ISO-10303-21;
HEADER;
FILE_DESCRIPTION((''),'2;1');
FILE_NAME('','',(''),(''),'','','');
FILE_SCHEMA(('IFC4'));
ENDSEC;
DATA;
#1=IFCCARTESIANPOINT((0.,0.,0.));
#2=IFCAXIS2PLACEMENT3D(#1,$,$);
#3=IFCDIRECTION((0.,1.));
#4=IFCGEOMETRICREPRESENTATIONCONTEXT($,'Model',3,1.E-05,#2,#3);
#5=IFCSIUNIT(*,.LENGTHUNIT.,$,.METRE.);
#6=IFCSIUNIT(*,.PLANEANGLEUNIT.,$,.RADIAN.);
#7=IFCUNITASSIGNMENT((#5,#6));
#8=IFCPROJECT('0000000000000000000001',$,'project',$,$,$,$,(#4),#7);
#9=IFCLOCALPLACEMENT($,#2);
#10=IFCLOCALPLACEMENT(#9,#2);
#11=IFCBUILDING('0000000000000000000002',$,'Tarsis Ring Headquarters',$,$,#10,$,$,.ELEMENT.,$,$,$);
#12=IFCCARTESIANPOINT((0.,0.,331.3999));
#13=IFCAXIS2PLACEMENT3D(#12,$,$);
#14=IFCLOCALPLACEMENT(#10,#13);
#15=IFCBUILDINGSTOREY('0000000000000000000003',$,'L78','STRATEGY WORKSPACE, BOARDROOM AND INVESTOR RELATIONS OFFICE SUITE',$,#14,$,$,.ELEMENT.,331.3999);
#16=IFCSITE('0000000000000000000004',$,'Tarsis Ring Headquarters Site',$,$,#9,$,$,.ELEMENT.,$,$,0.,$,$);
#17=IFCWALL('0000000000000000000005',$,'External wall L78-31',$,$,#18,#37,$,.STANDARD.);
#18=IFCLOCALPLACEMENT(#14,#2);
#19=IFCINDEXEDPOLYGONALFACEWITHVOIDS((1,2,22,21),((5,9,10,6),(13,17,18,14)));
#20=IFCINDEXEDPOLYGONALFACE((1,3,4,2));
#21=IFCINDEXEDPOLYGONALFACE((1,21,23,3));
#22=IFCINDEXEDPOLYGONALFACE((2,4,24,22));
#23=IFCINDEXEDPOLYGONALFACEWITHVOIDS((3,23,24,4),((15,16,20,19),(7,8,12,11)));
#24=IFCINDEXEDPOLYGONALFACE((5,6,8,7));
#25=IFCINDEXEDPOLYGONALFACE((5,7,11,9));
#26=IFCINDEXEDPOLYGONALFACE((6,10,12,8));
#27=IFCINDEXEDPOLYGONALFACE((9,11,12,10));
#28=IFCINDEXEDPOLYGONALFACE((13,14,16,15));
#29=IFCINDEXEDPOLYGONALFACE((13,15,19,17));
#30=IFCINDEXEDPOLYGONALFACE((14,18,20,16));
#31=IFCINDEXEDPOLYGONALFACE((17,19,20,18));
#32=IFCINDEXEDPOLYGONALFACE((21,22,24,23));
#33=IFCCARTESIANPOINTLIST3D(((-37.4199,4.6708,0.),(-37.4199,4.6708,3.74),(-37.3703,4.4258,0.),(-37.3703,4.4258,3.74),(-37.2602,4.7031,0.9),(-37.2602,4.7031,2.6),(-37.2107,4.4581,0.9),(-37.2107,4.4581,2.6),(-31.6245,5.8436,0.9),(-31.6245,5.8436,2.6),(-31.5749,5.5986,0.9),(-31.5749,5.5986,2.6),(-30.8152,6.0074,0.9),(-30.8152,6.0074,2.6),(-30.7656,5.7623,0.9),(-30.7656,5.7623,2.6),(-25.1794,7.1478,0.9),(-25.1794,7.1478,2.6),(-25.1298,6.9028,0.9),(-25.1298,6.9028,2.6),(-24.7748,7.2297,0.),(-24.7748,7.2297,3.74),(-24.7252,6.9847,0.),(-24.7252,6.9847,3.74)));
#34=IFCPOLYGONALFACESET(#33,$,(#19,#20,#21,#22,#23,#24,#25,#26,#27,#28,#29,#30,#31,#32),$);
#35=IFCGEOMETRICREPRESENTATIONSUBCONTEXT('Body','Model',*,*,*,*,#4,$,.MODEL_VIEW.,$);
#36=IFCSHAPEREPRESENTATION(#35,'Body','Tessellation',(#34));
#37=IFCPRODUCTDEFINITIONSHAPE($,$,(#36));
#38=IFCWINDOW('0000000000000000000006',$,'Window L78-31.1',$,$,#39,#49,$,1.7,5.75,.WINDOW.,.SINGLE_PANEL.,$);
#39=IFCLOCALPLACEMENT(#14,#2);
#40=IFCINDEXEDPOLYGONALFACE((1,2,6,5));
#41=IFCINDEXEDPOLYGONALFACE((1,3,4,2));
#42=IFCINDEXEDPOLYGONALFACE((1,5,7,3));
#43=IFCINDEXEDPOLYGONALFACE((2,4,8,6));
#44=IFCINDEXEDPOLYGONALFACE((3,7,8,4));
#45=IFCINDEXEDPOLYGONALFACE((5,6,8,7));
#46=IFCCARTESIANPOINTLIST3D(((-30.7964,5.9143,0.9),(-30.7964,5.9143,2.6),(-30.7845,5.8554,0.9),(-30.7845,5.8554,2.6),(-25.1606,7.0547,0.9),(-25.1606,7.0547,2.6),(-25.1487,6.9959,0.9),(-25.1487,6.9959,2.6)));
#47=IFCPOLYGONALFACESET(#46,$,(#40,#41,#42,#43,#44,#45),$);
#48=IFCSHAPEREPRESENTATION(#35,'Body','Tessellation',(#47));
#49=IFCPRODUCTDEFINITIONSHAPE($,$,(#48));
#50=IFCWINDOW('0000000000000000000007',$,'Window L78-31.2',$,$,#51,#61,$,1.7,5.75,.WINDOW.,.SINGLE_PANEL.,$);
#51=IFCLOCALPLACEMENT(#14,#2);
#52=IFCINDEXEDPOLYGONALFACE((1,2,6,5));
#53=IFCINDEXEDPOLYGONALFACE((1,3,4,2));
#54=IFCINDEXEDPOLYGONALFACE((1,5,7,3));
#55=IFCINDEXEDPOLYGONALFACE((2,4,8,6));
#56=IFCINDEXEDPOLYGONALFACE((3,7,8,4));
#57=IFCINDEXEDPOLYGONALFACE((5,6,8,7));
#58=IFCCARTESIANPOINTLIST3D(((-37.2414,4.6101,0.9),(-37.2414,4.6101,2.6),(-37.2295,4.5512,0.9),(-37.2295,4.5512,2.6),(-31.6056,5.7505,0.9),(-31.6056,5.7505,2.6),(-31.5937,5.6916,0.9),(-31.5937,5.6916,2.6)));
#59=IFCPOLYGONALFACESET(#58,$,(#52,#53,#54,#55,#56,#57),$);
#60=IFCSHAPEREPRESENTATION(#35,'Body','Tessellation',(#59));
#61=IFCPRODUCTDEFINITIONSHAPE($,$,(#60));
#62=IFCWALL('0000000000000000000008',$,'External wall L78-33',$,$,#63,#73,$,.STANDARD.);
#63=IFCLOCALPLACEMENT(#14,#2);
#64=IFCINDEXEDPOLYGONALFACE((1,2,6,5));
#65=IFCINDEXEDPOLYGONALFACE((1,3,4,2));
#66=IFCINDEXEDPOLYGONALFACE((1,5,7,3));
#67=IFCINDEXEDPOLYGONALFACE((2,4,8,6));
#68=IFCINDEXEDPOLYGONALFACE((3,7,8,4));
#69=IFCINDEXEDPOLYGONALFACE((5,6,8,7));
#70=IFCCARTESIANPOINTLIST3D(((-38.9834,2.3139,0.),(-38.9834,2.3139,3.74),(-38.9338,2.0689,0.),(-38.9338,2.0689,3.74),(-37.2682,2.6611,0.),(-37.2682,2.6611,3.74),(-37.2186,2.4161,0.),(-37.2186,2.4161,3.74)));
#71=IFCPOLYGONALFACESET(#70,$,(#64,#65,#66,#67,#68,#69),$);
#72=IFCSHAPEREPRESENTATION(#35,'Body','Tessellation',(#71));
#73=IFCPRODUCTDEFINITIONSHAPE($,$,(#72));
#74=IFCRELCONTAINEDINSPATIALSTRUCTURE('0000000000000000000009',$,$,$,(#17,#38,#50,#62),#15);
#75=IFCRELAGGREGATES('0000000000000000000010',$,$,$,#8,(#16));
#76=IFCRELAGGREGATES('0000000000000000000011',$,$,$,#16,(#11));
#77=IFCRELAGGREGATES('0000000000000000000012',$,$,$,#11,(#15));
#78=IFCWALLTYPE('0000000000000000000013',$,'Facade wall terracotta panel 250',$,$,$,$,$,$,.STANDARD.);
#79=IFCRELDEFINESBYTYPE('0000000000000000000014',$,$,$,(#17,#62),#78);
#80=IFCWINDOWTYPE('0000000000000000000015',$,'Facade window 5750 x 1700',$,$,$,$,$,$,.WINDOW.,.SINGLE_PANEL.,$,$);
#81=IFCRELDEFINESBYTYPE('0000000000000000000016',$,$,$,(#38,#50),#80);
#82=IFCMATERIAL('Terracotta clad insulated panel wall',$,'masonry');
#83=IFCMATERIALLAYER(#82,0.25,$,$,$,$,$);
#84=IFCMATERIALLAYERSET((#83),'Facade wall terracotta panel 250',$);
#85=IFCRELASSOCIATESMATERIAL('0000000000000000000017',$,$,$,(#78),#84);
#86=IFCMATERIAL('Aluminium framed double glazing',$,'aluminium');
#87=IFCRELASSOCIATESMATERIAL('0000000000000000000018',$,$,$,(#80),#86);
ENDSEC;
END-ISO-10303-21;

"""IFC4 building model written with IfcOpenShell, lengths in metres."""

from ifc_helpers import new_model, si_unit, direction, frame, frame_2d, origin, place, context, subcontext, project, spatial, rectangle, extrude, material, layer, layer_set, type_object, element, fill, save


model = new_model("IFC4")

# Units and contexts
model_context = context("Model", 3, precision=1e-05, world=origin(), true_north=direction((0.0, 1.0)))
body_context = subcontext(model_context, "Body", "Model", "MODEL_VIEW")
ifc_project = project(units=[si_unit("LENGTHUNIT", "METRE"), si_unit("PLANEANGLEUNIT", "RADIAN")], contexts=[model_context])

# Site, building, storey
site_placement = place(None, origin())
site = spatial("IfcSite", under=ifc_project, at=site_placement, Name="Tarsis Ring Headquarters Site", CompositionType="ELEMENT", RefElevation=0.0)
building_placement = place(site_placement, origin())
building = spatial("IfcBuilding", under=site, at=building_placement, Name="Tarsis Ring Headquarters", CompositionType="ELEMENT")
storey_placement = place(building_placement, frame((0.0, 0.0, 331.3999)))
storey = spatial("IfcBuildingStorey", under=building, at=storey_placement, Name="L78", Description="STRATEGY WORKSPACE, BOARDROOM AND INVESTOR RELATIONS OFFICE SUITE", CompositionType="ELEMENT", Elevation=331.3999)

# Shared definitions
ifc_material_1 = material(Name="Terracotta clad insulated panel wall", Category="masonry")
ifc_layer_1 = layer(ifc_material_1, 0.25)
ifc_layer_set_1 = layer_set([ifc_layer_1], Name="Facade wall terracotta panel 250")
wall_type_1 = type_object("IfcWallType", Name="Facade wall terracotta panel 250", PredefinedType="STANDARD", material=ifc_layer_set_1)
ifc_material_2 = material(Name="Aluminium framed double glazing", Category="aluminium")

# Wall, openings, windows
wall_1_placement = place(storey_placement, frame((-24.75, 7.1072, 0.0), z_axis=(0.0, 0.0, 1.0), x_axis=(-0.980133, -0.198339, 0.0)))
wall_1 = element("IfcWall", 1, at=wall_1_placement, inside=storey, type_object=wall_type_1, Name="External wall L78-31", PredefinedType="STANDARD", context=body_context, shape_type="SweptSolid", body=[
    extrude(rectangle(XDim=12.9014, YDim=0.25, at=frame_2d((6.4507, 0.0))), origin(), (0.0, 0.0, 1.0), 3.74),
])
opening_1_placement = place(wall_1_placement, frame((0.4128, 0.0, 0.8999)))
opening_1 = element("IfcOpeningElement", 2, at=opening_1_placement, cuts=wall_1, PredefinedType="OPENING", context=body_context, shape_type="SweptSolid", body=[
    extrude(rectangle(XDim=5.75, YDim=1.7, at=frame_2d((2.875, 0.8501))), frame((0.0, 0.135, 0.0), z_axis=(0.0, -1.0, 0.0), x_axis=(1.0, 0.0, 0.0)), (0.0, 0.0, 1.0), 0.27),
])
opening_2_placement = place(wall_1_placement, frame((6.9885, 0.0, 0.8999)))
opening_2 = element("IfcOpeningElement", 3, at=opening_2_placement, cuts=wall_1, PredefinedType="OPENING", context=body_context, shape_type="SweptSolid", body=[
    extrude(rectangle(XDim=5.75, YDim=1.7, at=frame_2d((2.875, 0.8501))), frame((0.0, 0.135, 0.0), z_axis=(0.0, -1.0, 0.0), x_axis=(1.0, 0.0, 0.0)), (0.0, 0.0, 1.0), 0.27),
])
window_type_1 = type_object("IfcWindowType", Name="Facade window 5750 x 1700", PartitioningType="SINGLE_PANEL", PredefinedType="WINDOW", material=ifc_material_2)
window_1_placement = place(opening_1_placement, origin())
window_1 = element("IfcWindow", 4, at=window_1_placement, inside=storey, type_object=window_type_1, Name="Window L78-31.1", OverallHeight=1.7, OverallWidth=5.75, PartitioningType="SINGLE_PANEL", PredefinedType="WINDOW", context=body_context, shape_type="SweptSolid", body=[
    extrude(rectangle(XDim=5.75, YDim=1.7, at=frame_2d((2.875, 0.8501))), frame((0.0, 0.03, 0.0), z_axis=(0.0, -1.0, 0.0), x_axis=(1.0, 0.0, 0.0)), (0.0, 0.0, 1.0), 0.0601),
])
fill(opening_1, window_1)
window_2_placement = place(opening_2_placement, origin())
window_2 = element("IfcWindow", 5, at=window_2_placement, inside=storey, type_object=window_type_1, Name="Window L78-31.2", OverallHeight=1.7, OverallWidth=5.75, PartitioningType="SINGLE_PANEL", PredefinedType="WINDOW", context=body_context, shape_type="SweptSolid", body=[
    extrude(rectangle(XDim=5.75, YDim=1.7, at=frame_2d((2.875, 0.8501))), frame((0.0, 0.03, 0.0), z_axis=(0.0, -1.0, 0.0), x_axis=(1.0, 0.0, 0.0)), (0.0, 0.0, 1.0), 0.0601),
])
fill(opening_2, window_2)

# Wall
wall_2_placement = place(storey_placement, frame((-37.2434, 2.5386, 0.0), z_axis=(0.0, 0.0, 1.0), x_axis=(-0.980127, -0.198369, 0.0)))
element("IfcWall", 6, at=wall_2_placement, inside=storey, type_object=wall_type_1, Name="External wall L78-33", PredefinedType="STANDARD", context=body_context, shape_type="SweptSolid", body=[
    extrude(rectangle(XDim=1.75, YDim=0.25, at=frame_2d((0.875, 0.0))), origin(), (0.0, 0.0, 1.0), 3.74),
])

save(model, "model.ifc")
